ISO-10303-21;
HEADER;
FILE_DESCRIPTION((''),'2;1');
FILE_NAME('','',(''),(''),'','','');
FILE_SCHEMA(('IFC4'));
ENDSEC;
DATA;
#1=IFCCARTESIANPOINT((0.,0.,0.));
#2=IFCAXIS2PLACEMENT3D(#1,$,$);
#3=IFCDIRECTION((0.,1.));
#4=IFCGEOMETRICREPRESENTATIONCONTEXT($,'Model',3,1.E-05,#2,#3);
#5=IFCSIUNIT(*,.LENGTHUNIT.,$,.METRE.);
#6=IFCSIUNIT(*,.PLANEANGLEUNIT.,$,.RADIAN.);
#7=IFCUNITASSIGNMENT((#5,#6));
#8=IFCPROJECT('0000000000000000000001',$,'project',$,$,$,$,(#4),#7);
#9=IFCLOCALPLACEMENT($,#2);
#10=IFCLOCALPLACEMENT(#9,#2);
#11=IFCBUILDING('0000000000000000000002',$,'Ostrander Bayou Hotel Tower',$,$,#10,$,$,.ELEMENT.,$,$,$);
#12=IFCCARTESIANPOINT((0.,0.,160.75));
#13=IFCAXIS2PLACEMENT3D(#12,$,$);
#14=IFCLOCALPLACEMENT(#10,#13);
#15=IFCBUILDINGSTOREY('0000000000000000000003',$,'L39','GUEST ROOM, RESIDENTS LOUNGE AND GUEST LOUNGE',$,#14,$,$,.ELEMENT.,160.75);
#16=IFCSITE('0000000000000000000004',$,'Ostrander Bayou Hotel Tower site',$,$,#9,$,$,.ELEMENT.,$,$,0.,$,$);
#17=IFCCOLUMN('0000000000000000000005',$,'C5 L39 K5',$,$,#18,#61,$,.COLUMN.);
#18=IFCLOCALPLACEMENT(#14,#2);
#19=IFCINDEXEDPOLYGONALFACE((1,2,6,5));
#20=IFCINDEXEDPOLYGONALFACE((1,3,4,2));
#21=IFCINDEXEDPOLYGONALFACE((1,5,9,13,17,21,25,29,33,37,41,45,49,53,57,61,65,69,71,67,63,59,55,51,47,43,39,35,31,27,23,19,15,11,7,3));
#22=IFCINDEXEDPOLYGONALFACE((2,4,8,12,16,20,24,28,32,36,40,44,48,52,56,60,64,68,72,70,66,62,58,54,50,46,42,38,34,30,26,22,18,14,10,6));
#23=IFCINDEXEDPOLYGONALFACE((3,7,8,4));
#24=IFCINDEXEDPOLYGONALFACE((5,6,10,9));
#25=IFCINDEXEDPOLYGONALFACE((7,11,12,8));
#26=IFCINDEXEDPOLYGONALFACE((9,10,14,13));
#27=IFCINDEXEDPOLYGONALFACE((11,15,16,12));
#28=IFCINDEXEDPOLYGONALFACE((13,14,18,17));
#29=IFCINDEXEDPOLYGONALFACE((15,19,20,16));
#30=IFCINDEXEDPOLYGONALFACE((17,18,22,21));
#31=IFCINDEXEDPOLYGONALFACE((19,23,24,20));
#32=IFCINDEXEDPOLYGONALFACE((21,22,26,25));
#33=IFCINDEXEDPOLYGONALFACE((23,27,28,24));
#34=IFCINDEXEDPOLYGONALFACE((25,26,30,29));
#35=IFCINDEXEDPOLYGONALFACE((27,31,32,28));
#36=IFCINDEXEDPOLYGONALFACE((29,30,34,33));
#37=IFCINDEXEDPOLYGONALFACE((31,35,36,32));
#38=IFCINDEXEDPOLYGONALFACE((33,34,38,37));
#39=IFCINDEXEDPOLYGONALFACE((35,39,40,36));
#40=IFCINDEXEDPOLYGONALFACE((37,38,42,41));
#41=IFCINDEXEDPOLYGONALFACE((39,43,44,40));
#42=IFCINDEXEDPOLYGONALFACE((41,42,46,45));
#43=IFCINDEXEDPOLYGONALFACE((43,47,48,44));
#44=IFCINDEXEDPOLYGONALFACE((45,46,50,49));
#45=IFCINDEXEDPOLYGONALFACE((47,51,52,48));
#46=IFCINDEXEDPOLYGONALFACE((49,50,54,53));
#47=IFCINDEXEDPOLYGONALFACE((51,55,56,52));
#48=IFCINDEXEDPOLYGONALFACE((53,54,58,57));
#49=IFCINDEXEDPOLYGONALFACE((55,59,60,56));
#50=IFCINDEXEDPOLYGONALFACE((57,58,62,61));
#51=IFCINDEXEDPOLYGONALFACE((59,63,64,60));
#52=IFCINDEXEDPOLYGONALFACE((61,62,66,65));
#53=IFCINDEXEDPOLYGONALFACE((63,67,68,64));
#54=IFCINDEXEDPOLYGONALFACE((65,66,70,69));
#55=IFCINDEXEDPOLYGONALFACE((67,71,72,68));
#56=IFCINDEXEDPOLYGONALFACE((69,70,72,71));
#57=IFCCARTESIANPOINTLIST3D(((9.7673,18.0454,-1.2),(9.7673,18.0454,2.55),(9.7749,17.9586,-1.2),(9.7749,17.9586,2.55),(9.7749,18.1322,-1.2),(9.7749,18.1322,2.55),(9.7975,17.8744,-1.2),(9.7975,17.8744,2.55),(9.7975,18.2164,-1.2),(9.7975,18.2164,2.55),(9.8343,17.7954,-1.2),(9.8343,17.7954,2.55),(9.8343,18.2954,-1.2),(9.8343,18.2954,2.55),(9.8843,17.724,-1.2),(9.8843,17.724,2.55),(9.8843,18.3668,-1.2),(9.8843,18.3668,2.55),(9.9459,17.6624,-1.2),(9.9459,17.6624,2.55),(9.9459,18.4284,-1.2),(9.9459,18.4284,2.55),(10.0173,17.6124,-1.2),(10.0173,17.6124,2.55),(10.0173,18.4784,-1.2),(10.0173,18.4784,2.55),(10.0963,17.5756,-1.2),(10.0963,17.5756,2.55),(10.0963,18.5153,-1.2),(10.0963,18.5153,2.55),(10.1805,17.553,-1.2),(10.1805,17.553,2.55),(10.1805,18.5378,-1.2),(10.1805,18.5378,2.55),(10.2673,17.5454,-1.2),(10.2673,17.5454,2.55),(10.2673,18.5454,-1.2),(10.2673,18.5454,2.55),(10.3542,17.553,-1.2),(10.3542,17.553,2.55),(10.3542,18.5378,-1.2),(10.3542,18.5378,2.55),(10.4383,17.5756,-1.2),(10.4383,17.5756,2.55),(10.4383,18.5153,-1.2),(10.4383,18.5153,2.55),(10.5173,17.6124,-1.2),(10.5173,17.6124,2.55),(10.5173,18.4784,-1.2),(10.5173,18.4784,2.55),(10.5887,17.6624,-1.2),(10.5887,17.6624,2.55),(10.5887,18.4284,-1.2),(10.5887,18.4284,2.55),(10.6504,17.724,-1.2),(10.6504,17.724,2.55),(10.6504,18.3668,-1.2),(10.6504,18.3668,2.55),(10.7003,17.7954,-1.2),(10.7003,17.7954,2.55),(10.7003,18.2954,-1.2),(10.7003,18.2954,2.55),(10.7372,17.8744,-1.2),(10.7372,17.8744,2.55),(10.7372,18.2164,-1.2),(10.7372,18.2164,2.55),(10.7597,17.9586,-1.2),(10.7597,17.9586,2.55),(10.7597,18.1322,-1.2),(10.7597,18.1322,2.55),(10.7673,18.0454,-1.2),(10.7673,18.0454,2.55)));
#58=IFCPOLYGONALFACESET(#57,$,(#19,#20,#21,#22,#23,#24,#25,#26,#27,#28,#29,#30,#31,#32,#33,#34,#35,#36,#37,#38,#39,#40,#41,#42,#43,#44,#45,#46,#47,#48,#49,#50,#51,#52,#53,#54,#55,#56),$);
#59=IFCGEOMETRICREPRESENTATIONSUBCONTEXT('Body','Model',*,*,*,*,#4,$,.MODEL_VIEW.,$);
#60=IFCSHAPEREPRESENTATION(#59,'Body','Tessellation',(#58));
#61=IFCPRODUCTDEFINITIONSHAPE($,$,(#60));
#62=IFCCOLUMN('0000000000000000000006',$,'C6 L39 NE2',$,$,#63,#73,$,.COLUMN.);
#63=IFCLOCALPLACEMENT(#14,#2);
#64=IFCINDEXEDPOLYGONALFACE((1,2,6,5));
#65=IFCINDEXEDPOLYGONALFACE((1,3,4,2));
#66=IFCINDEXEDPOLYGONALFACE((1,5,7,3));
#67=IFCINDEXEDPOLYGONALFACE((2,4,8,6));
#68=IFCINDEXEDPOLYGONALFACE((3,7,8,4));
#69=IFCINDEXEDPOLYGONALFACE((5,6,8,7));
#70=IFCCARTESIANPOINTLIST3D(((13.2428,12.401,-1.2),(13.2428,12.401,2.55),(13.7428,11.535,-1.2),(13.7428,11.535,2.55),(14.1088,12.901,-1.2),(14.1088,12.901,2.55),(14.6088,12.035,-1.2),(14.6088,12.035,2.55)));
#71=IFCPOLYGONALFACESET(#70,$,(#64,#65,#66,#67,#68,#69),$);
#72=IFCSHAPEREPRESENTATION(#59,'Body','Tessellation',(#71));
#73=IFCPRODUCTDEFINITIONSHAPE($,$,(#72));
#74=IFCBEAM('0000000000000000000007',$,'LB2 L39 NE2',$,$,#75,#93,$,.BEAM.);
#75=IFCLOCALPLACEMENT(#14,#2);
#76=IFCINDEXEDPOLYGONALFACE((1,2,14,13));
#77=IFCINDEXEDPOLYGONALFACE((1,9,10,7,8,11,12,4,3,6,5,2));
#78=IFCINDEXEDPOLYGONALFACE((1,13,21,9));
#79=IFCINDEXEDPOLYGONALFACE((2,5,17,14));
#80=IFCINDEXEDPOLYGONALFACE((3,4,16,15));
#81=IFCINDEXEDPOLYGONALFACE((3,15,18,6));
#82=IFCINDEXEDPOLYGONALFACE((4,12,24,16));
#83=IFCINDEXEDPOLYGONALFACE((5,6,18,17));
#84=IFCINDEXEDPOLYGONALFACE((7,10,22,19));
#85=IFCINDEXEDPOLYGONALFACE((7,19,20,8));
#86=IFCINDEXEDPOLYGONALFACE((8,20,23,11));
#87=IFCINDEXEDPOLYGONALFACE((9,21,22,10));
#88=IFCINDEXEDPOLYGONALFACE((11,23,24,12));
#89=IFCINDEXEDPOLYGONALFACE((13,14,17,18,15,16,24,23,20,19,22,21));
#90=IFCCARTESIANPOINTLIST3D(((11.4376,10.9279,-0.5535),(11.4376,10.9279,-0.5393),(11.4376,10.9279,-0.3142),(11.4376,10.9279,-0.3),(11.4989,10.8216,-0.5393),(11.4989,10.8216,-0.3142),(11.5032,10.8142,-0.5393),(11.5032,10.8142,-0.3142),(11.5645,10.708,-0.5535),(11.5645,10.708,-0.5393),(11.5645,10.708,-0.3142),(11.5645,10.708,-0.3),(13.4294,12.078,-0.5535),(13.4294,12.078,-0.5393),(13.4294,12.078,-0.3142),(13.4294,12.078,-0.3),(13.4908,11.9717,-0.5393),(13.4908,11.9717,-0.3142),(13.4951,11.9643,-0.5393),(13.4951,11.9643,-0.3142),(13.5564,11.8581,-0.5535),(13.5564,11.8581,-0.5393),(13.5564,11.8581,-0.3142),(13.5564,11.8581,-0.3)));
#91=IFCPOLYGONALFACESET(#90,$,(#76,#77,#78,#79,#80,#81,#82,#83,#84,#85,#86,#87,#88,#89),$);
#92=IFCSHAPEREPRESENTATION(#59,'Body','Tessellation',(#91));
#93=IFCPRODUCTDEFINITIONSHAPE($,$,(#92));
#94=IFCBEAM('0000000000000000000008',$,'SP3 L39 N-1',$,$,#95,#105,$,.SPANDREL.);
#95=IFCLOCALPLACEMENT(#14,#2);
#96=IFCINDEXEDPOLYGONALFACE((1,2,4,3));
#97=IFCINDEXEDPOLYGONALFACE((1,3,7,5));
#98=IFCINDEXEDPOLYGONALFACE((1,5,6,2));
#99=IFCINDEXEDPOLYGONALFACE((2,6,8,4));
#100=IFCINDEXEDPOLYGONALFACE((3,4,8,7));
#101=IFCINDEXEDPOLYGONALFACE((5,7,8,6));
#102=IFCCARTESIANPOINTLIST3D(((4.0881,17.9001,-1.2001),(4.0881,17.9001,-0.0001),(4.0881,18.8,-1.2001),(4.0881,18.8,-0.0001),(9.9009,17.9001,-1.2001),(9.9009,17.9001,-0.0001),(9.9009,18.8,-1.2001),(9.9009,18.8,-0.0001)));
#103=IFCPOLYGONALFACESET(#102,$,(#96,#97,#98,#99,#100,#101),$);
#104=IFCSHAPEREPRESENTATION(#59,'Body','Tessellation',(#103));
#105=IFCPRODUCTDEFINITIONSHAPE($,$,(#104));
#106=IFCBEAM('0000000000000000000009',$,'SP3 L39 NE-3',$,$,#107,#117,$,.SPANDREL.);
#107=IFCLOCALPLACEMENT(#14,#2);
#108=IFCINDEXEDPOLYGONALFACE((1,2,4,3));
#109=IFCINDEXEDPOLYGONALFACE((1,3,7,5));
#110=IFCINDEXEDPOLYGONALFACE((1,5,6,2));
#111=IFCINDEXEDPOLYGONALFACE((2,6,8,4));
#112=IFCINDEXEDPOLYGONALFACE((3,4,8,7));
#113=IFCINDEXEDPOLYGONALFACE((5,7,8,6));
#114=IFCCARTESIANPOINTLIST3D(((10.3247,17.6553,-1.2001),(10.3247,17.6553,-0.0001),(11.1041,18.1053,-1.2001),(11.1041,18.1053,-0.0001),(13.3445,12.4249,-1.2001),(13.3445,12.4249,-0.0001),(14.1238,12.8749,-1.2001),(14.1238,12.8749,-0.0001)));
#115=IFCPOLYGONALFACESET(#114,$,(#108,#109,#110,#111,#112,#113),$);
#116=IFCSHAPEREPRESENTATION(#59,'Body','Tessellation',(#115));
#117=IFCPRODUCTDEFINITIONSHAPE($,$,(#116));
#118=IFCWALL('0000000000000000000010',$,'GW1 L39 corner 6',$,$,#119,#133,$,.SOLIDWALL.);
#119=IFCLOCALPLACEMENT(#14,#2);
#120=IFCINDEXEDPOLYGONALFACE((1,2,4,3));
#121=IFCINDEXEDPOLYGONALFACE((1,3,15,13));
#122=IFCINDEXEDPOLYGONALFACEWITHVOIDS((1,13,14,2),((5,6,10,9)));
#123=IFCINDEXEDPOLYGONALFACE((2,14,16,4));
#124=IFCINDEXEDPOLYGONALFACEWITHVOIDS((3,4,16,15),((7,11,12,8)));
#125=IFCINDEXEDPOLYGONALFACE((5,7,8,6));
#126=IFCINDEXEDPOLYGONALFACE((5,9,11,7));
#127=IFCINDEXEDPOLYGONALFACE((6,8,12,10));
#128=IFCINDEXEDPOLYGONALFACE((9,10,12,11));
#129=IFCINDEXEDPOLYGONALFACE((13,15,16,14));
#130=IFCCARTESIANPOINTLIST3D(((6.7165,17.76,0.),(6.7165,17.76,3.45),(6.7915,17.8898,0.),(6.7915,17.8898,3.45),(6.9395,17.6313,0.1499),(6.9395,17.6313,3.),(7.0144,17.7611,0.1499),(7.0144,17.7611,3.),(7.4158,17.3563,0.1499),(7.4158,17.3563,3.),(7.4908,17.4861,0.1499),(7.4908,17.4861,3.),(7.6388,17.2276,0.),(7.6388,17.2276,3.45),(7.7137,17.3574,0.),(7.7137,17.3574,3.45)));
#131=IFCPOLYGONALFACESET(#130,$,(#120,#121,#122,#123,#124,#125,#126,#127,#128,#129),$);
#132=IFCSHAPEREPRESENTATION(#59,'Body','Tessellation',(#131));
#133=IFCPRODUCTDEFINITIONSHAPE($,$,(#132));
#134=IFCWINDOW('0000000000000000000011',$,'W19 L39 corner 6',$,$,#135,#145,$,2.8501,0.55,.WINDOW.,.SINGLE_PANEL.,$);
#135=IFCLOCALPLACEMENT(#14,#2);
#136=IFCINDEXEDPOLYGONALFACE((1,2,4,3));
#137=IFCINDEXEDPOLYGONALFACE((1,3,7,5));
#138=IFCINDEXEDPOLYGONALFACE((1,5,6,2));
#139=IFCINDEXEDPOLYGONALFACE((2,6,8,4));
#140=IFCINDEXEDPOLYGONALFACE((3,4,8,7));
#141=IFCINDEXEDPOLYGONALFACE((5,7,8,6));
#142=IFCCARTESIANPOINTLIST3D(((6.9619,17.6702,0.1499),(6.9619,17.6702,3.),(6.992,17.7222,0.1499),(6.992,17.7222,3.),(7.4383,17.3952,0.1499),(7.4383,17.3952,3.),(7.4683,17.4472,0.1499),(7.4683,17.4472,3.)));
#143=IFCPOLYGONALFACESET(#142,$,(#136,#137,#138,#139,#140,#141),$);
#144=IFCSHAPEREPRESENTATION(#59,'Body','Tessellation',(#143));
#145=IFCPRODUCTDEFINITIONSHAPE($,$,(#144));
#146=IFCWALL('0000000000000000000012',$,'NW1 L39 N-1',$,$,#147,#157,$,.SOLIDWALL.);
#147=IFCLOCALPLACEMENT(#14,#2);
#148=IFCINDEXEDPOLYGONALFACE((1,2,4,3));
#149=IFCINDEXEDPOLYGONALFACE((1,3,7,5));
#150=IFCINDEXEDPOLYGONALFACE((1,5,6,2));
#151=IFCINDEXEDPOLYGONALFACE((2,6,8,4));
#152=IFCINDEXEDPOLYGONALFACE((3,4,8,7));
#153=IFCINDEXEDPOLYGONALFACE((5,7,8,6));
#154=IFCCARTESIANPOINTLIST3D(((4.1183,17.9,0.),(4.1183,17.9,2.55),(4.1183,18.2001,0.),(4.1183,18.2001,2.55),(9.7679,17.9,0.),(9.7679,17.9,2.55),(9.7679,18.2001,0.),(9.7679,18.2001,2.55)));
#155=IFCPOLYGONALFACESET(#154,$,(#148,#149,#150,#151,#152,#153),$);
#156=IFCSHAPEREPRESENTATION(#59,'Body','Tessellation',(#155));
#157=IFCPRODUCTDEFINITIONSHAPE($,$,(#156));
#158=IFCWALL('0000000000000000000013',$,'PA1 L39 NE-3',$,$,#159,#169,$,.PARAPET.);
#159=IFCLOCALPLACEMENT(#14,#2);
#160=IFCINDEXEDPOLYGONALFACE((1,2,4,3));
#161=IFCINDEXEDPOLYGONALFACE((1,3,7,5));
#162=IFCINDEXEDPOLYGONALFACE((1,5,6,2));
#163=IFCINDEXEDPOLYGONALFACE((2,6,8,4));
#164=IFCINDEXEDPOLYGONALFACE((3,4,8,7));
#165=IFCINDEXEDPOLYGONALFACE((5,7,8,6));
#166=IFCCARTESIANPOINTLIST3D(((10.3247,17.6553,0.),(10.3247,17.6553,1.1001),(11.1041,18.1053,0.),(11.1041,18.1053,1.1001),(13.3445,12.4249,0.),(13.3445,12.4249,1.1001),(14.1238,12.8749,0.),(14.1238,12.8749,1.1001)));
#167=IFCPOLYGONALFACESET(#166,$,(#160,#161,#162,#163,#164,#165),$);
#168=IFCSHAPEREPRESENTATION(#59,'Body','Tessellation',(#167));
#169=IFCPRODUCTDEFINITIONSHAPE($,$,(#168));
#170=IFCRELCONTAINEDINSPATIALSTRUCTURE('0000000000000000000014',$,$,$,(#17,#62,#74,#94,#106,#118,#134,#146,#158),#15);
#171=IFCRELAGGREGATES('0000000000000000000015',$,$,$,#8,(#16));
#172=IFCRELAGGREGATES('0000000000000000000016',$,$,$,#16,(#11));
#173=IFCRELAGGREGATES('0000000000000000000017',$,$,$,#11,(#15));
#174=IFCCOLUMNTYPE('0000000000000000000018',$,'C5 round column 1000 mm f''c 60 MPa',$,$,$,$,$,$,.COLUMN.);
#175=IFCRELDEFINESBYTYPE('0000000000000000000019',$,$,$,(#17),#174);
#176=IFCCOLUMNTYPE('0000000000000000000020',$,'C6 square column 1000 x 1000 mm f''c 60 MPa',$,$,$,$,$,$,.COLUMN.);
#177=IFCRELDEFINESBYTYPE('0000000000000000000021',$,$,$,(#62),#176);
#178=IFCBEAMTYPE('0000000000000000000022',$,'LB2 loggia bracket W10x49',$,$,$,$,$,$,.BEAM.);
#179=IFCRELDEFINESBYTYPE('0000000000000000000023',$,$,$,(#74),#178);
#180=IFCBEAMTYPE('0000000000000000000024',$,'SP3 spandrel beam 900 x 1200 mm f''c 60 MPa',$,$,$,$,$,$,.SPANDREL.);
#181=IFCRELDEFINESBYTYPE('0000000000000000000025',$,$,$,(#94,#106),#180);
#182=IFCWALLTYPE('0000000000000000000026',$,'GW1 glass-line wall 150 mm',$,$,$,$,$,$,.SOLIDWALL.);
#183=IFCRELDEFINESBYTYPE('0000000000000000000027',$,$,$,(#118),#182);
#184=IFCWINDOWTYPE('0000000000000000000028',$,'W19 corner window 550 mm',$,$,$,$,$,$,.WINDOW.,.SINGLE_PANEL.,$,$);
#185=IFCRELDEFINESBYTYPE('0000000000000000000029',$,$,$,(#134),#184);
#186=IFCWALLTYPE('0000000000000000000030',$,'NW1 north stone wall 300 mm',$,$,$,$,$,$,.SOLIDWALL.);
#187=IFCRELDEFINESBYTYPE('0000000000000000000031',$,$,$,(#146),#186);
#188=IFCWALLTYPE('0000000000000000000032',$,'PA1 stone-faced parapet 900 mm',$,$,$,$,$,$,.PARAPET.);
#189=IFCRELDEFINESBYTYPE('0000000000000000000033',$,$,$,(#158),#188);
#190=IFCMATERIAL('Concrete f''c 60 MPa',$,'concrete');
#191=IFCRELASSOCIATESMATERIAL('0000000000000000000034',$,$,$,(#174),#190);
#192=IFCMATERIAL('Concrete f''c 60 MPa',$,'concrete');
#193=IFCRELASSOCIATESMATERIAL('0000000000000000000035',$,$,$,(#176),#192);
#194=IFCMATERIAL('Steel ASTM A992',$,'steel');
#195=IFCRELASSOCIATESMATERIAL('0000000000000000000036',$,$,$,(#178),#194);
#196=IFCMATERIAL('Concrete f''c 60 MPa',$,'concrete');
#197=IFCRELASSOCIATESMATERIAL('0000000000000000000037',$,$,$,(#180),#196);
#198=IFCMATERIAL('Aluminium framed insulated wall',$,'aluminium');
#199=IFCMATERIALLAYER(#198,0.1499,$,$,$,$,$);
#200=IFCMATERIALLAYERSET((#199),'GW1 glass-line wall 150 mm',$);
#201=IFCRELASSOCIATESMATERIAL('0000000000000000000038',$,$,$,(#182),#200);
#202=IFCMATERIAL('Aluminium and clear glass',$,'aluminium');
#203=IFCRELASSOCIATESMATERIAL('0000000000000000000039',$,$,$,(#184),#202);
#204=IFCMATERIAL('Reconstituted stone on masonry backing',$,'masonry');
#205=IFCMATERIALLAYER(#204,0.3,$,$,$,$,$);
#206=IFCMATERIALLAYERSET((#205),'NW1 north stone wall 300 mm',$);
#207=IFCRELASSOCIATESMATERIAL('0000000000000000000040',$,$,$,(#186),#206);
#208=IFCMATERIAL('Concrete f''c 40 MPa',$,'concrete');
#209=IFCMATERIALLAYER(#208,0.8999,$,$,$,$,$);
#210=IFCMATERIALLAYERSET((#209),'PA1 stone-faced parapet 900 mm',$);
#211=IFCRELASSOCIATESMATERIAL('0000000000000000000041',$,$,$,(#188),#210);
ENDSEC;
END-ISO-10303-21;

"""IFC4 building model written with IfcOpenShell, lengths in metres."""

from ifc_helpers import new_model, si_unit, direction, frame, frame_2d, origin, origin_2d, place, context, subcontext, project, spatial, rectangle, circle, i_section, extrude, material, layer, layer_set, material_profile, profile_set, type_object, element, fill, save


model = new_model("IFC4")

# Units and contexts
model_context = context("Model", 3, precision=1e-05, world=origin(), true_north=direction((0.0, 1.0)))
body_context = subcontext(model_context, "Body", "Model", "MODEL_VIEW")
ifc_project = project(units=[si_unit("LENGTHUNIT", "METRE"), si_unit("PLANEANGLEUNIT", "RADIAN")], contexts=[model_context])

# Site, building, storey
site_placement = place(None, origin())
site = spatial("IfcSite", under=ifc_project, at=site_placement, Name="Ostrander Bayou Hotel Tower site", CompositionType="ELEMENT", RefElevation=0.0)
building_placement = place(site_placement, origin())
building = spatial("IfcBuilding", under=site, at=building_placement, Name="Ostrander Bayou Hotel Tower", CompositionType="ELEMENT")
storey_placement = place(building_placement, frame((0.0, 0.0, 160.75)))
storey = spatial("IfcBuildingStorey", under=building, at=storey_placement, Name="L39", Description="GUEST ROOM, RESIDENTS LOUNGE AND GUEST LOUNGE", CompositionType="ELEMENT", Elevation=160.75)

# Columns
ifc_material_1 = material(Name="Concrete f'c 60 MPa", Category="concrete")
ifc_material_profile_1 = material_profile(ifc_material_1, circle(Radius=0.5, at=origin_2d()))
ifc_profile_set_1 = profile_set([ifc_material_profile_1], Name="Concrete f'c 60 MPa")
column_type_1 = type_object("IfcColumnType", Name="C5 round column 1000 mm f'c 60 MPa", PredefinedType="COLUMN", material=ifc_profile_set_1)
column_1_placement = place(storey_placement, frame((10.2673, 18.0454, -1.2), z_axis=(0.0, 0.0, 1.0), x_axis=(1.0, 0.0, 0.0)))
element("IfcColumn", 1, at=column_1_placement, inside=storey, type_object=column_type_1, Name="C5 L39 K5", PredefinedType="COLUMN", context=body_context, shape_type="SweptSolid", body=[
    extrude(circle(Radius=0.5, at=origin_2d()), origin(), (0.0, 0.0, 1.0), 3.75),
])
ifc_material_2 = material(Name="Concrete f'c 60 MPa", Category="concrete")
ifc_material_profile_2 = material_profile(ifc_material_2, rectangle(XDim=1.0, YDim=1.0, at=origin_2d()))
ifc_profile_set_2 = profile_set([ifc_material_profile_2], Name="Concrete f'c 60 MPa")
column_type_2 = type_object("IfcColumnType", Name="C6 square column 1000 x 1000 mm f'c 60 MPa", PredefinedType="COLUMN", material=ifc_profile_set_2)
column_2_placement = place(storey_placement, frame((13.9258, 12.218, -1.2), z_axis=(0.0, 0.0, 1.0), x_axis=(0.5, -0.866025, 0.0)))
element("IfcColumn", 2, at=column_2_placement, inside=storey, type_object=column_type_2, Name="C6 L39 NE2", PredefinedType="COLUMN", context=body_context, shape_type="SweptSolid", body=[
    extrude(rectangle(XDim=1.0, YDim=1.0, at=origin_2d()), origin(), (0.0, 0.0, 1.0), 3.75),
])

# Beams
ifc_material_3 = material(Name="Steel ASTM A992", Category="steel")
ifc_material_profile_3 = material_profile(ifc_material_3, i_section(OverallWidth=0.2539, OverallDepth=0.2534, WebThickness=0.0085, FlangeThickness=0.0142, at=origin_2d()))
ifc_profile_set_3 = profile_set([ifc_material_profile_3], Name="Steel ASTM A992")
beam_type_1 = type_object("IfcBeamType", Name="LB2 loggia bracket W10x49", PredefinedType="BEAM", material=ifc_profile_set_3)
beam_1_placement = place(storey_placement, frame((13.4929, 11.968, -0.4268), z_axis=(-0.866007, -0.500032, 0.0), x_axis=(0.500032, -0.866007, 0.0)))
element("IfcBeam", 3, at=beam_1_placement, inside=storey, type_object=beam_type_1, Name="LB2 L39 NE2", PredefinedType="BEAM", context=body_context, shape_type="SweptSolid", body=[
    extrude(i_section(OverallWidth=0.2539, OverallDepth=0.2534, WebThickness=0.0085, FlangeThickness=0.0142, at=origin_2d()), origin(), (0.0, 0.0, 1.0), 2.3),
])
ifc_material_4 = material(Name="Concrete f'c 60 MPa", Category="concrete")
ifc_material_profile_4 = material_profile(ifc_material_4, rectangle(XDim=0.8999, YDim=1.2, at=origin_2d()))
ifc_profile_set_4 = profile_set([ifc_material_profile_4], Name="Concrete f'c 60 MPa")
beam_type_2 = type_object("IfcBeamType", Name="SP3 spandrel beam 900 x 1200 mm f'c 60 MPa", PredefinedType="SPANDREL", material=ifc_profile_set_4)
beam_2_placement = place(storey_placement, frame((9.9009, 18.3501, -0.6001), z_axis=(-1.0, 0.0, 0.0), x_axis=(0.0, -1.0, 0.0)))
element("IfcBeam", 4, at=beam_2_placement, inside=storey, type_object=beam_type_2, Name="SP3 L39 N-1", PredefinedType="SPANDREL", context=body_context, shape_type="SweptSolid", body=[
    extrude(rectangle(XDim=0.8999, YDim=1.2, at=origin_2d()), origin(), (0.0, 0.0, 1.0), 5.8127),
])
beam_3_placement = place(storey_placement, frame((13.7341, 12.6499, -0.6001), z_axis=(-0.499995, 0.866028, 0.0), x_axis=(-0.866028, -0.499995, 0.0)))
element("IfcBeam", 5, at=beam_3_placement, inside=storey, type_object=beam_type_2, Name="SP3 L39 NE-3", PredefinedType="SPANDREL", context=body_context, shape_type="SweptSolid", body=[
    extrude(rectangle(XDim=0.8999, YDim=1.2, at=origin_2d()), origin(), (0.0, 0.0, 1.0), 6.0396),
])

# Wall, opening, window
ifc_material_5 = material(Name="Aluminium framed insulated wall", Category="aluminium")
ifc_layer_1 = layer(ifc_material_5, 0.1499)
ifc_layer_set_1 = layer_set([ifc_layer_1], Name="GW1 glass-line wall 150 mm")
wall_type_1 = type_object("IfcWallType", Name="GW1 glass-line wall 150 mm", PredefinedType="SOLIDWALL", material=ifc_layer_set_1)
wall_1_placement = place(storey_placement, frame((7.6763, 17.2925, 0.0), z_axis=(0.0, 0.0, 1.0), x_axis=(-0.866048, 0.499961, 0.0)))
wall_1 = element("IfcWall", 6, at=wall_1_placement, inside=storey, type_object=wall_type_1, Name="GW1 L39 corner 6", PredefinedType="SOLIDWALL", context=body_context, shape_type="SweptSolid", body=[
    extrude(rectangle(XDim=1.0649, YDim=0.1499, at=frame_2d((0.5325, 0.0))), origin(), (0.0, 0.0, 1.0), 3.45),
])
opening_1_placement = place(wall_1_placement, frame((0.2576, 0.0, 0.1499)))
opening_1 = element("IfcOpeningElement", 7, at=opening_1_placement, cuts=wall_1, PredefinedType="OPENING", context=body_context, shape_type="SweptSolid", body=[
    extrude(rectangle(XDim=0.55, YDim=2.8501, at=frame_2d((0.2749, 1.425))), frame((0.0, 0.075, 0.0), z_axis=(0.0, -1.0, 0.0), x_axis=(1.0, 0.0, 0.0)), (0.0, 0.0, 1.0), 0.1499),
])
ifc_material_6 = material(Name="Aluminium and clear glass", Category="aluminium")
window_type = type_object("IfcWindowType", Name="W19 corner window 550 mm", PartitioningType="SINGLE_PANEL", PredefinedType="WINDOW", material=ifc_material_6)
window_placement = place(opening_1_placement, origin())
window = element("IfcWindow", 8, at=window_placement, inside=storey, type_object=window_type, Name="W19 L39 corner 6", OverallHeight=2.8501, OverallWidth=0.55, PartitioningType="SINGLE_PANEL", PredefinedType="WINDOW", context=body_context, shape_type="SweptSolid", body=[
    extrude(rectangle(XDim=0.55, YDim=2.8501, at=frame_2d((0.2749, 1.425))), frame((0.0, 0.03, 0.0), z_axis=(0.0, -1.0, 0.0), x_axis=(1.0, 0.0, 0.0)), (0.0, 0.0, 1.0), 0.0601),
])
fill(opening_1, window)

# Walls
ifc_material_7 = material(Name="Reconstituted stone on masonry backing", Category="masonry")
ifc_layer_2 = layer(ifc_material_7, 0.3)
ifc_layer_set_2 = layer_set([ifc_layer_2], Name="NW1 north stone wall 300 mm")
wall_type_2 = type_object("IfcWallType", Name="NW1 north stone wall 300 mm", PredefinedType="SOLIDWALL", material=ifc_layer_set_2)
wall_2_placement = place(storey_placement, frame((9.7678, 18.05, 0.0), z_axis=(0.0, 0.0, 1.0), x_axis=(-1.0, 0.0, 0.0)))
element("IfcWall", 9, at=wall_2_placement, inside=storey, type_object=wall_type_2, Name="NW1 L39 N-1", PredefinedType="SOLIDWALL", context=body_context, shape_type="SweptSolid", body=[
    extrude(rectangle(XDim=5.6497, YDim=0.3, at=frame_2d((2.8247, 0.0))), origin(), (0.0, 0.0, 1.0), 2.55),
])
ifc_material_8 = material(Name="Concrete f'c 40 MPa", Category="concrete")
ifc_layer_3 = layer(ifc_material_8, 0.8999)
ifc_layer_set_3 = layer_set([ifc_layer_3], Name="PA1 stone-faced parapet 900 mm")
wall_type_3 = type_object("IfcWallType", Name="PA1 stone-faced parapet 900 mm", PredefinedType="PARAPET", material=ifc_layer_set_3)
wall_3_placement = place(storey_placement, frame((13.7341, 12.6499, 0.0), z_axis=(0.0, 0.0, 1.0), x_axis=(-0.499995, 0.866028, 0.0)))
element("IfcWall", 10, at=wall_3_placement, inside=storey, type_object=wall_type_3, Name="PA1 L39 NE-3", PredefinedType="PARAPET", context=body_context, shape_type="SweptSolid", body=[
    extrude(rectangle(XDim=6.0396, YDim=0.8999, at=frame_2d((3.0198, 0.0))), origin(), (0.0, 0.0, 1.0), 1.1001),
])

save(model, "model.ifc")
